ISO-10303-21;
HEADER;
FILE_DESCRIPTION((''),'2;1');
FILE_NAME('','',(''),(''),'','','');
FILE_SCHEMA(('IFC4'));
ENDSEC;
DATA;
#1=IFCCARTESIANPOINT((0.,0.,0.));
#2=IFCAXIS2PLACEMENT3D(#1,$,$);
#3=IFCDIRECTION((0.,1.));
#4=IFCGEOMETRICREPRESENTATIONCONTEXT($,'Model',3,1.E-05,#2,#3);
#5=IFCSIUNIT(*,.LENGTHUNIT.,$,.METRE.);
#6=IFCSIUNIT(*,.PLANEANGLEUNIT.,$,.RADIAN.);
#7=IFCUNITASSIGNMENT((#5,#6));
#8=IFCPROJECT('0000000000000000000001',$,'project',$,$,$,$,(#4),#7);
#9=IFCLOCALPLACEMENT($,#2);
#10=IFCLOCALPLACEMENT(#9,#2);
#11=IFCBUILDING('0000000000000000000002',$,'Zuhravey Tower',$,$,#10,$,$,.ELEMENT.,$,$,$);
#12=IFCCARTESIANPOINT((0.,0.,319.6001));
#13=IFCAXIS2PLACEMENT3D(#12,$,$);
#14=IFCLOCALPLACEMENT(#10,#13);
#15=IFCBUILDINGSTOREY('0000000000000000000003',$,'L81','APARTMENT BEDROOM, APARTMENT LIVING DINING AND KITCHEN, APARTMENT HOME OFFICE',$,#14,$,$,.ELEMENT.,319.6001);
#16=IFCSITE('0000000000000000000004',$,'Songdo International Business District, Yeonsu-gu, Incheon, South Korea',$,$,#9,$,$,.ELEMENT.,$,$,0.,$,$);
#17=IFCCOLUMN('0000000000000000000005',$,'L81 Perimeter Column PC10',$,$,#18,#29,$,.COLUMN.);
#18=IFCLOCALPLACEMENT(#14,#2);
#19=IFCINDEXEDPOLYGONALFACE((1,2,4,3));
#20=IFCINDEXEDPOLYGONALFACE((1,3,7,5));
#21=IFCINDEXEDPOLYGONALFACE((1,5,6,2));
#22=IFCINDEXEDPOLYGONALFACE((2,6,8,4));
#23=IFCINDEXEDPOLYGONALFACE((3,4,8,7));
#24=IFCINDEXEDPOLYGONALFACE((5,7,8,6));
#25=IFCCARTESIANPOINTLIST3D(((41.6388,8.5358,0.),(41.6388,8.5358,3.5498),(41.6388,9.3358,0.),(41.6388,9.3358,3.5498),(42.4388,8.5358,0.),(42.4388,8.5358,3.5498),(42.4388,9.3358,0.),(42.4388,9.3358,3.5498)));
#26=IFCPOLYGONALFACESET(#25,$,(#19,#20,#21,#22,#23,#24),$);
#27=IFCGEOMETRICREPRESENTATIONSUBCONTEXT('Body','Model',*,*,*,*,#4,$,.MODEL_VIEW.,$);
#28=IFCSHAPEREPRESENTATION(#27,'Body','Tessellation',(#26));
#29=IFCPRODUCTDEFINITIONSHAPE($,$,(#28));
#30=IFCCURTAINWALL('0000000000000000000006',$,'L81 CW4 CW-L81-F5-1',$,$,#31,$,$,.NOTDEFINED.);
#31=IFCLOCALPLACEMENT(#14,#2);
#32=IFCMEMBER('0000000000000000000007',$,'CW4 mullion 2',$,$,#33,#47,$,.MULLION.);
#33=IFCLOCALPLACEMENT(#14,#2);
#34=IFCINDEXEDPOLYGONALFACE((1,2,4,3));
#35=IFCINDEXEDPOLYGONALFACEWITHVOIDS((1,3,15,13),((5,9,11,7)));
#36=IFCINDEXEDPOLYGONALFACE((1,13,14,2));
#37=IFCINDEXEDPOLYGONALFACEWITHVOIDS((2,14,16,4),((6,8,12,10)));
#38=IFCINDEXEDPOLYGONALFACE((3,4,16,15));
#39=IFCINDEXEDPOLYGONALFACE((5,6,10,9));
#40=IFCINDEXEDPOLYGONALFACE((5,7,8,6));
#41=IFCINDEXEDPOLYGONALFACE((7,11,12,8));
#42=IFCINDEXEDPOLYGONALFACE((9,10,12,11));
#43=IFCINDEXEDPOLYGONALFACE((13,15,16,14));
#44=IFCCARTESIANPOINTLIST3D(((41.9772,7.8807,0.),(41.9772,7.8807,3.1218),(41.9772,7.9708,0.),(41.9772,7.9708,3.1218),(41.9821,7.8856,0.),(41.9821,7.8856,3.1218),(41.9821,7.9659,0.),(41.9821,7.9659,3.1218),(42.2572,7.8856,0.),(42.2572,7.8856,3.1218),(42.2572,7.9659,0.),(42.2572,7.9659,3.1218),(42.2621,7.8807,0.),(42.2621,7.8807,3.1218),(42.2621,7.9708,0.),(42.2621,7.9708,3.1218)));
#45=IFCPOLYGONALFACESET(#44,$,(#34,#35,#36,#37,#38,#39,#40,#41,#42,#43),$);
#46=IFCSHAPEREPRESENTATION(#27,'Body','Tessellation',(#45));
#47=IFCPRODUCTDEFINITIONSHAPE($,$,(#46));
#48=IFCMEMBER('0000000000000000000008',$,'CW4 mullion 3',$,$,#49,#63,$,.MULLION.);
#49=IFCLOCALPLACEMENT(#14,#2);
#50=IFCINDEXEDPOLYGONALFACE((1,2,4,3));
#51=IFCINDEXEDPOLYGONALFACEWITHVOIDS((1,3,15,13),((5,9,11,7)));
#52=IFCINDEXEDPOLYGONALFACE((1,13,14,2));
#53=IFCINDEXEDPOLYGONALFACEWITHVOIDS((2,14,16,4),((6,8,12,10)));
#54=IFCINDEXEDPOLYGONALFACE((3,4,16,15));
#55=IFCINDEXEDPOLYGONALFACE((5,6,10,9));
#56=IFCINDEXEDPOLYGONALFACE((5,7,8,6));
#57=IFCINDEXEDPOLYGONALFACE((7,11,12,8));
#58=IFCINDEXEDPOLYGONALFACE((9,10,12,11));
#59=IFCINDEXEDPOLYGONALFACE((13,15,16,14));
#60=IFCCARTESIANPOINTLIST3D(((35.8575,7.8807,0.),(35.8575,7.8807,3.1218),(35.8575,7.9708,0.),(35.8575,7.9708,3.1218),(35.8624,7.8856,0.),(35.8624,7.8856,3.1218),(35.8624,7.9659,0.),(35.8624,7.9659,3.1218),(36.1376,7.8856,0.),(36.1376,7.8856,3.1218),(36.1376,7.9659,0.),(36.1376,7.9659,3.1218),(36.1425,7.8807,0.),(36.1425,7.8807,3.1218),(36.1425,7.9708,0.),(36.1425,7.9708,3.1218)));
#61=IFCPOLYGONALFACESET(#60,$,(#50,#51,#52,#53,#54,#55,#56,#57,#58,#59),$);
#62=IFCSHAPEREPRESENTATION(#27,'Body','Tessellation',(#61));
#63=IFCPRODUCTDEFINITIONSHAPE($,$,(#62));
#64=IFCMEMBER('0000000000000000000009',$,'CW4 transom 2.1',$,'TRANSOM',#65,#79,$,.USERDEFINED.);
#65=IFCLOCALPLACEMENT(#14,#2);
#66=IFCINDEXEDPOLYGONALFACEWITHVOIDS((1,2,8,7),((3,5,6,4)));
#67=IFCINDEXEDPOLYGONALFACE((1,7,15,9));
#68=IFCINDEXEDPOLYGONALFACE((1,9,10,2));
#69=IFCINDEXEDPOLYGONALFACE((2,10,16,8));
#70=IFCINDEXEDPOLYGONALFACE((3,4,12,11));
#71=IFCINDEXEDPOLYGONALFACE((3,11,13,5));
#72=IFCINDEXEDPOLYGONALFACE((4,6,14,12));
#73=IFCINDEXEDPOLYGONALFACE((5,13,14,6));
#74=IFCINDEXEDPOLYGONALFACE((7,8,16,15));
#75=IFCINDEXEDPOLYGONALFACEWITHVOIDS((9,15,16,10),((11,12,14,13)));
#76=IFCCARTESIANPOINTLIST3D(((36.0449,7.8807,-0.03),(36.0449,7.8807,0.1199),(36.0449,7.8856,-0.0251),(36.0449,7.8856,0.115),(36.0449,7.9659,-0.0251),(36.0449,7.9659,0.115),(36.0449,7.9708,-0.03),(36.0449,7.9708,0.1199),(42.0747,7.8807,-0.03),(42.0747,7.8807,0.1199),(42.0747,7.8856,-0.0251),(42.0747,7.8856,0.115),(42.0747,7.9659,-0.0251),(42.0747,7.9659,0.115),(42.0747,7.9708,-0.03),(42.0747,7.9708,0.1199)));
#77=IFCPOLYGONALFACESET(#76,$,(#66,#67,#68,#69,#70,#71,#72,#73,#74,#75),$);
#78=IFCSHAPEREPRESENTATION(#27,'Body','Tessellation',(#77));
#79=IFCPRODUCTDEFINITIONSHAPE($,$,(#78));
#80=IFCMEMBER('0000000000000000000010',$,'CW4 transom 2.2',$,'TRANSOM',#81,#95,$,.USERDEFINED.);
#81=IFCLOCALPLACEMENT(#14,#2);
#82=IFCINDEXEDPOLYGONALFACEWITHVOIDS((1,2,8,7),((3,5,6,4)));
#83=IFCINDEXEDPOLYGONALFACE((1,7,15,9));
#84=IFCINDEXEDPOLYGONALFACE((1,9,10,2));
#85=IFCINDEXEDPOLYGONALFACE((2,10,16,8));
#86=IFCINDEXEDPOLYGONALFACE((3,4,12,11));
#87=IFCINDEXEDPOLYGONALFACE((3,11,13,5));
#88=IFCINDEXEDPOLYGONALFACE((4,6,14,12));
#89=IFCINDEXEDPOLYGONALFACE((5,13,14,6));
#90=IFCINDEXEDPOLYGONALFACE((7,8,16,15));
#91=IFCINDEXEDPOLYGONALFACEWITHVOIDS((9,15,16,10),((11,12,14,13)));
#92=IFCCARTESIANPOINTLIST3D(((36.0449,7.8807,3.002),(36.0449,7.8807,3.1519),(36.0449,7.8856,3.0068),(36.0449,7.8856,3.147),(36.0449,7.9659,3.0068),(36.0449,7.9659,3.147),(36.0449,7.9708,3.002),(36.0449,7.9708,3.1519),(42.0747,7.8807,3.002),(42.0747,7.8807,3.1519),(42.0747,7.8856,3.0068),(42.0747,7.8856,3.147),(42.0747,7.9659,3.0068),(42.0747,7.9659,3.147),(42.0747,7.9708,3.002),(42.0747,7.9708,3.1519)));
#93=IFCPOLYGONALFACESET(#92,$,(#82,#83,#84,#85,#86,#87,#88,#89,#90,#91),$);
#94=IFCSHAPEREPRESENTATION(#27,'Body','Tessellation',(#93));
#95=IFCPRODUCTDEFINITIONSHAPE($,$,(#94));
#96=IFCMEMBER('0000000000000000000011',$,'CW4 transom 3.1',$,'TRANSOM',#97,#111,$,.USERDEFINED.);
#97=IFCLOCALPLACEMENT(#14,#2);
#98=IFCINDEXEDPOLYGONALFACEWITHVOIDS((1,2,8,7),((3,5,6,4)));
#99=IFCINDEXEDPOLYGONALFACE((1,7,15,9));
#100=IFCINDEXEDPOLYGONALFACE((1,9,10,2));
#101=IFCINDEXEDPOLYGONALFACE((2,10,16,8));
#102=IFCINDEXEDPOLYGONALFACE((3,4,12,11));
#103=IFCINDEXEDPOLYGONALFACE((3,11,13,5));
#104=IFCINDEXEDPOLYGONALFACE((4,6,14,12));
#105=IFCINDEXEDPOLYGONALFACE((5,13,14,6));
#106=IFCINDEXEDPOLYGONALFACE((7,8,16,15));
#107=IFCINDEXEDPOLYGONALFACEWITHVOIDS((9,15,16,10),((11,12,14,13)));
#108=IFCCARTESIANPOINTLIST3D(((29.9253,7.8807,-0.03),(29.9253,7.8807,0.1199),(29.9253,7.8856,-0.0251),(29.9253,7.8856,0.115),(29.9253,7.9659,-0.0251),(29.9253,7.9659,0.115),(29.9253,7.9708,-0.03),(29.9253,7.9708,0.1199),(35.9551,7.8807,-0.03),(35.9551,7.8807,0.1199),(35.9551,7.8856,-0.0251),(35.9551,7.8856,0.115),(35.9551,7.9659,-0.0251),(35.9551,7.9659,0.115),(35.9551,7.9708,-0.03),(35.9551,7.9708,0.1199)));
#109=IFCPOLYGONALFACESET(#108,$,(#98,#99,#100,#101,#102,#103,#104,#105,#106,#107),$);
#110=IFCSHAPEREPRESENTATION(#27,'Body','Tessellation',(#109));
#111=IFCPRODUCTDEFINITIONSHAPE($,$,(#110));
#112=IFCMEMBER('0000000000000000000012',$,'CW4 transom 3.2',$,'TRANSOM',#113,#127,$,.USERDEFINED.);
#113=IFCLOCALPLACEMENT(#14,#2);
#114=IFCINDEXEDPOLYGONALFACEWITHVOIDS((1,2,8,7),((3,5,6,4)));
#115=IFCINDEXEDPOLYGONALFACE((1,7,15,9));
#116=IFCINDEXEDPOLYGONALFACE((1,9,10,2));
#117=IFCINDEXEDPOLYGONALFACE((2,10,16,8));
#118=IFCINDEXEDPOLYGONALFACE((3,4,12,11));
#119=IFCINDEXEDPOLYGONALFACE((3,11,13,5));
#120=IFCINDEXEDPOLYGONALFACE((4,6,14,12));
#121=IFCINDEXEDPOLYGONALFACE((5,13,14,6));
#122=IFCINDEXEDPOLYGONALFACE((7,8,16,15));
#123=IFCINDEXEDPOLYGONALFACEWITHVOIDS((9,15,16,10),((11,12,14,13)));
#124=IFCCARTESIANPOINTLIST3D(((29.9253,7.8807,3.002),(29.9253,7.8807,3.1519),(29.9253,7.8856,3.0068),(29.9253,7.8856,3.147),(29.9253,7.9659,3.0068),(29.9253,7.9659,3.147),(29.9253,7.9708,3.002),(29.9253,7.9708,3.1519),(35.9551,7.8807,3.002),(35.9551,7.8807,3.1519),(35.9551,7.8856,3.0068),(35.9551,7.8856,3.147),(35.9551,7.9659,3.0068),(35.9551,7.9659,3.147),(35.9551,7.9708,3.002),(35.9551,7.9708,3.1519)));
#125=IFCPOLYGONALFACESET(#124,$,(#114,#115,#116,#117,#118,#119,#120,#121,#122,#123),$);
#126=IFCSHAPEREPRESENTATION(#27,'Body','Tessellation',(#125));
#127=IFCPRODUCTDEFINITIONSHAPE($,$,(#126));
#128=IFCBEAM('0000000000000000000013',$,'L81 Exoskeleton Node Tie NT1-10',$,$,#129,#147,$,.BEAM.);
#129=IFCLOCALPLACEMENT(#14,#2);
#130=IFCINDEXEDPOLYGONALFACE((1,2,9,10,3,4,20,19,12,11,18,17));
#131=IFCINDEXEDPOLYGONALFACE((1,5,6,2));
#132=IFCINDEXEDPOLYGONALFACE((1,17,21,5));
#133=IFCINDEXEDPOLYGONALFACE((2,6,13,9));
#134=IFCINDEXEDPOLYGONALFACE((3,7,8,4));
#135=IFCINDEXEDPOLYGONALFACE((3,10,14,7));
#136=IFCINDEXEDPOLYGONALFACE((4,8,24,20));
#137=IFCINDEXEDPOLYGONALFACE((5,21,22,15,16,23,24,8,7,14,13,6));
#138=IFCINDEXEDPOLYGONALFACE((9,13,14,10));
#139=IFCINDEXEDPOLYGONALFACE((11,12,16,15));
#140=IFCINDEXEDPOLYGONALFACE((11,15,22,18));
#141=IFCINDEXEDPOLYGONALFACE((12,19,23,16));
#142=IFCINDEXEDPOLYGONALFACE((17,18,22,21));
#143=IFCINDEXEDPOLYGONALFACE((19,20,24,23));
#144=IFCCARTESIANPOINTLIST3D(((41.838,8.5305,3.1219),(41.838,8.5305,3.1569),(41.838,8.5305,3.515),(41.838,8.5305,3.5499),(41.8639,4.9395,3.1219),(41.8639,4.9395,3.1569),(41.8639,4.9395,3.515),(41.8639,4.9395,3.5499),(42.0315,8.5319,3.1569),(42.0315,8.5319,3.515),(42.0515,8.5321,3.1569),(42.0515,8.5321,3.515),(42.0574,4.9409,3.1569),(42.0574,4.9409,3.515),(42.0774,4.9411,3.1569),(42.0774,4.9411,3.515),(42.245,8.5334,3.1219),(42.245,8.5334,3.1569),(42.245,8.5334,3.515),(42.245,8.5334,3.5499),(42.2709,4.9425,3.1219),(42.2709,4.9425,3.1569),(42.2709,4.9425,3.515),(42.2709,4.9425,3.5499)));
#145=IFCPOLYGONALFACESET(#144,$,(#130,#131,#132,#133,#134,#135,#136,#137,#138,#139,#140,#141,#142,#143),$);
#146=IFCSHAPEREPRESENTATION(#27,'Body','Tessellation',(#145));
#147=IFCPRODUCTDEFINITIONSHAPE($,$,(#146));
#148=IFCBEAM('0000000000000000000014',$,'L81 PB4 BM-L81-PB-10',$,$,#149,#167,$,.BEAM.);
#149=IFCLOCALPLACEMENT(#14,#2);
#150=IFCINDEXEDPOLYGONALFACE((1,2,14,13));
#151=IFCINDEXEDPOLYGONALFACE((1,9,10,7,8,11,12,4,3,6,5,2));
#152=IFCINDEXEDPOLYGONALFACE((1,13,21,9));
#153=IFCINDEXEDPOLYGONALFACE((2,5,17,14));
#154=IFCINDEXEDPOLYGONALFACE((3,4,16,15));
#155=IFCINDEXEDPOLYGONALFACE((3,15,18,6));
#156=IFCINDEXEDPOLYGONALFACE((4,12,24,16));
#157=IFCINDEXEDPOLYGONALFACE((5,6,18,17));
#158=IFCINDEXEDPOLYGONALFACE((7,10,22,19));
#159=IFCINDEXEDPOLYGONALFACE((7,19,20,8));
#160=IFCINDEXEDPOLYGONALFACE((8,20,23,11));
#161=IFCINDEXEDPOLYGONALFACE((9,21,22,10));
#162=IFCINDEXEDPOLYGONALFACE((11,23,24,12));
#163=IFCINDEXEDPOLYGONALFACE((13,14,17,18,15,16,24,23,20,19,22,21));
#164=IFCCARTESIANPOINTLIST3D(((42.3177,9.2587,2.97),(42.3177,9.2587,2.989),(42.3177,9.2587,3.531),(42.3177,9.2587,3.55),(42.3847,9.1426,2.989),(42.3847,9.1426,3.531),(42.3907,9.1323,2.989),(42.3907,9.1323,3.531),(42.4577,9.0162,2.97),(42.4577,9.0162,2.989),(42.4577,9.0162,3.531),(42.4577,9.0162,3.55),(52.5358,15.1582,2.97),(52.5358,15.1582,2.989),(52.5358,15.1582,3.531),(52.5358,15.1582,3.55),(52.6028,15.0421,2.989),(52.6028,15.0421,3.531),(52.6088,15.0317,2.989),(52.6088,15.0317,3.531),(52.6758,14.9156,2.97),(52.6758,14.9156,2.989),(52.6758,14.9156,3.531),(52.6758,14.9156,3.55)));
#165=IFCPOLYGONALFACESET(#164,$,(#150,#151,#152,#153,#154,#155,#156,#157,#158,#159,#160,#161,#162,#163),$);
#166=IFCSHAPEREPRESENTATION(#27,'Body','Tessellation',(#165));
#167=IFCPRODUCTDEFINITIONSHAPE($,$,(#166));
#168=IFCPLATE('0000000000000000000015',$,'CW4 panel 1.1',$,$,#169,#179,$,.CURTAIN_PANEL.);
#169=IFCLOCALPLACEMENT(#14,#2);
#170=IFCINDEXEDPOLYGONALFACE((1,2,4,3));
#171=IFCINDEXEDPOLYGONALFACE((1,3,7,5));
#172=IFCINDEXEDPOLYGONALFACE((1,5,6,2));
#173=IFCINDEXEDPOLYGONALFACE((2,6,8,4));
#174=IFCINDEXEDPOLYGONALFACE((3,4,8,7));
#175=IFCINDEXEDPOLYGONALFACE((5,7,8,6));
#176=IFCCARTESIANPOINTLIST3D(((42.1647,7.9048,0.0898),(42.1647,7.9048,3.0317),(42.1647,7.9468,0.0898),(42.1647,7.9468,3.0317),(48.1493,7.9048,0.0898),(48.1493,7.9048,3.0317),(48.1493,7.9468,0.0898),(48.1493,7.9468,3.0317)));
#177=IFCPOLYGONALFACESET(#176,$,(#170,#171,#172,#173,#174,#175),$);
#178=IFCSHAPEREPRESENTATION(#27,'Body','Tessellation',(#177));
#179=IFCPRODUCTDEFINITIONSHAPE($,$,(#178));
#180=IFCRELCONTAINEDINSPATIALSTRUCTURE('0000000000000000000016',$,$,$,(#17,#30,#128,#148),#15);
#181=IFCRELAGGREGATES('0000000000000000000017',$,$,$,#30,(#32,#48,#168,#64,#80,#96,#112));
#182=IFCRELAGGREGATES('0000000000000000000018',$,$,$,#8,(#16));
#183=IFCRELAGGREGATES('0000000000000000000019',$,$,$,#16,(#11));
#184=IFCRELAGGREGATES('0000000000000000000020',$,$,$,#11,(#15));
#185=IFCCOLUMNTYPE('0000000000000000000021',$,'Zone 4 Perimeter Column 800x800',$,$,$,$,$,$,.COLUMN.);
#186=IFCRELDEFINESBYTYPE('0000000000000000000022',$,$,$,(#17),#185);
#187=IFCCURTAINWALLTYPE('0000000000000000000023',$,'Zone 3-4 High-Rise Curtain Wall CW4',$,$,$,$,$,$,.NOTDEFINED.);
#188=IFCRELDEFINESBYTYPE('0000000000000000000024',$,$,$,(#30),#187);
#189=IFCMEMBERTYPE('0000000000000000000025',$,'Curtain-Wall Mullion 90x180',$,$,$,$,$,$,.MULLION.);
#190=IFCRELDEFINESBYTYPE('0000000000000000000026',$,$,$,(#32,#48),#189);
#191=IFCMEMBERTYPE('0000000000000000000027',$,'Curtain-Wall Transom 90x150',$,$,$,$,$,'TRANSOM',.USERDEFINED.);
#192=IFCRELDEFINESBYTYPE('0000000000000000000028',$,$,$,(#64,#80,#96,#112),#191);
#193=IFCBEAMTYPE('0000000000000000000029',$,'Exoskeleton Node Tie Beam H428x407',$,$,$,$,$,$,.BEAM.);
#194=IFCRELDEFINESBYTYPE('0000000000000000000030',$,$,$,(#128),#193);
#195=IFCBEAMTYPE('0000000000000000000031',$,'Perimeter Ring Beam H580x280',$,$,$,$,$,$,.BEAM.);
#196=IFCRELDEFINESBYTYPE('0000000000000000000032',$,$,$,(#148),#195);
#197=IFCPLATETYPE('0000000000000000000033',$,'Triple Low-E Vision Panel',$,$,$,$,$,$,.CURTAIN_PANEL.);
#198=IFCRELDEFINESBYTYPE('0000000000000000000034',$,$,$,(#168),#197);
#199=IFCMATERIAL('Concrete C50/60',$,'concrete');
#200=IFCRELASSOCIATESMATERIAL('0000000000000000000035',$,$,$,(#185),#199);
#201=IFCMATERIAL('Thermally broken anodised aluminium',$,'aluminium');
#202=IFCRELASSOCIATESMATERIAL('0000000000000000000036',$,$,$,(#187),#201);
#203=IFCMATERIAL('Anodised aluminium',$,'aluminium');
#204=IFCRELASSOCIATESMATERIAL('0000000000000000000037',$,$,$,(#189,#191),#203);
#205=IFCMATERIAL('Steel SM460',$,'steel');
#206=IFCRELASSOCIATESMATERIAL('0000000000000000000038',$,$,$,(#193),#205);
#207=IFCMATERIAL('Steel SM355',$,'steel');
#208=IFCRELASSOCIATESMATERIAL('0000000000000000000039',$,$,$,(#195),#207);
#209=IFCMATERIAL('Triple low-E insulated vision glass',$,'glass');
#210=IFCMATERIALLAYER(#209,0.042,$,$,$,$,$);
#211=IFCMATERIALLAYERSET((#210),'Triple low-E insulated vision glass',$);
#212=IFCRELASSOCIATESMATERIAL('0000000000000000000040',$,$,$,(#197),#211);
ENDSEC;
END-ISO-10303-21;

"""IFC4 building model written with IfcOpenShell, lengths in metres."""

from ifc_helpers import new_model, si_unit, direction, frame, origin, origin_2d, place, context, subcontext, project, spatial, rectangle, hollow_rectangle, i_section, extrude, material, layer, layer_set, material_profile, profile_set, type_object, element, aggregate, save


model = new_model("IFC4")

# Units and contexts
model_context = context("Model", 3, precision=1e-05, world=origin(), true_north=direction((0.0, 1.0)))
body_context = subcontext(model_context, "Body", "Model", "MODEL_VIEW")
ifc_project = project(units=[si_unit("LENGTHUNIT", "METRE"), si_unit("PLANEANGLEUNIT", "RADIAN")], contexts=[model_context])

# Site, building, storey
site_placement = place(None, origin())
site = spatial("IfcSite", under=ifc_project, at=site_placement, Name="Songdo International Business District, Yeonsu-gu, Incheon, South Korea", CompositionType="ELEMENT", RefElevation=0.0)
building_placement = place(site_placement, origin())
building = spatial("IfcBuilding", under=site, at=building_placement, Name="Zuhravey Tower", CompositionType="ELEMENT")
storey_placement = place(building_placement, frame((0.0, 0.0, 319.6001)))
storey = spatial("IfcBuildingStorey", under=building, at=storey_placement, Name="L81", Description="APARTMENT BEDROOM, APARTMENT LIVING DINING AND KITCHEN, APARTMENT HOME OFFICE", CompositionType="ELEMENT", Elevation=319.6001)

# Column
ifc_material_1 = material(Name="Concrete C50/60", Category="concrete")
ifc_material_profile_1 = material_profile(ifc_material_1, rectangle(XDim=0.8, YDim=0.8, at=origin_2d()), Name="RC-800x800")
ifc_profile_set_1 = profile_set([ifc_material_profile_1], Name="Concrete C50/60")
column_type = type_object("IfcColumnType", Name="Zone 4 Perimeter Column 800x800", PredefinedType="COLUMN", material=ifc_profile_set_1)
column_placement = place(storey_placement, frame((42.0388, 8.9358, 0.0), z_axis=(0.0, 0.0, 1.0), x_axis=(1.0, 0.0, 0.0)))
element("IfcColumn", 1, at=column_placement, inside=storey, type_object=column_type, Name="L81 Perimeter Column PC10", PredefinedType="COLUMN", context=body_context, shape_type="SweptSolid", body=[
    extrude(rectangle(XDim=0.8, YDim=0.8, at=origin_2d()), origin(), (0.0, 0.0, 1.0), 3.5498),
])

# Curtain wall, members
ifc_material_2 = material(Name="Thermally broken anodised aluminium", Category="aluminium")
curtain_wall_type = type_object("IfcCurtainWallType", Name="Zone 3-4 High-Rise Curtain Wall CW4", PredefinedType="NOTDEFINED", material=ifc_material_2)
curtain_wall_placement = place(storey_placement, origin())
curtain_wall = element("IfcCurtainWall", 2, at=curtain_wall_placement, inside=storey, type_object=curtain_wall_type, Name="L81 CW4 CW-L81-F5-1", PredefinedType="NOTDEFINED")
ifc_material_3 = material(Name="Anodised aluminium", Category="aluminium")
ifc_material_profile_2 = material_profile(ifc_material_3, hollow_rectangle(XDim=0.0901, YDim=0.2849, WallThickness=0.0049, at=origin_2d()), Name="ALU-RHS-90x285x5")
ifc_profile_set_2 = profile_set([ifc_material_profile_2], Name="Anodised aluminium")
member_type_1 = type_object("IfcMemberType", Name="Curtain-Wall Mullion 90x180", PredefinedType="MULLION", material=ifc_profile_set_2)
member_1_placement = place(storey_placement, frame((42.1196, 7.9258, 0.0), z_axis=(0.0, 0.0, 1.0), x_axis=(0.0, -1.0, 0.0)))
member_1 = element("IfcMember", 3, at=member_1_placement, type_object=member_type_1, Name="CW4 mullion 2", PredefinedType="MULLION", context=body_context, shape_type="SweptSolid", body=[
    extrude(hollow_rectangle(XDim=0.0901, YDim=0.2849, WallThickness=0.0049, at=origin_2d()), origin(), (0.0, 0.0, 1.0), 3.1218),
])
member_2_placement = place(storey_placement, frame((36.0, 7.9258, 0.0), z_axis=(0.0, 0.0, 1.0), x_axis=(0.0, -1.0, 0.0)))
member_2 = element("IfcMember", 4, at=member_2_placement, type_object=member_type_1, Name="CW4 mullion 3", PredefinedType="MULLION", context=body_context, shape_type="SweptSolid", body=[
    extrude(hollow_rectangle(XDim=0.0901, YDim=0.2849, WallThickness=0.0049, at=origin_2d()), origin(), (0.0, 0.0, 1.0), 3.1218),
])
ifc_material_profile_3 = material_profile(ifc_material_3, hollow_rectangle(XDim=0.0901, YDim=0.1499, WallThickness=0.0049, at=origin_2d()), Name="ALU-RHS-90x150x5")
ifc_profile_set_3 = profile_set([ifc_material_profile_3], Name="Anodised aluminium")
member_type_2 = type_object("IfcMemberType", Name="Curtain-Wall Transom 90x150", ElementType="TRANSOM", PredefinedType="USERDEFINED", material=ifc_profile_set_3)
member_3_placement = place(storey_placement, frame((42.0747, 7.9258, 0.0449), z_axis=(-1.0, 0.0, 0.0), x_axis=(0.0, -1.0, 0.0)))
member_3 = element("IfcMember", 5, at=member_3_placement, type_object=member_type_2, Name="CW4 transom 2.1", ObjectType="TRANSOM", PredefinedType="USERDEFINED", context=body_context, shape_type="SweptSolid", body=[
    extrude(hollow_rectangle(XDim=0.0901, YDim=0.1499, WallThickness=0.0049, at=origin_2d()), origin(), (0.0, 0.0, 1.0), 6.0298),
])
member_4_placement = place(storey_placement, frame((42.0747, 7.9258, 3.0769), z_axis=(-1.0, 0.0, 0.0), x_axis=(0.0, -1.0, 0.0)))
member_4 = element("IfcMember", 6, at=member_4_placement, type_object=member_type_2, Name="CW4 transom 2.2", ObjectType="TRANSOM", PredefinedType="USERDEFINED", context=body_context, shape_type="SweptSolid", body=[
    extrude(hollow_rectangle(XDim=0.0901, YDim=0.1499, WallThickness=0.0049, at=origin_2d()), origin(), (0.0, 0.0, 1.0), 6.0298),
])
member_5_placement = place(storey_placement, frame((35.9551, 7.9258, 0.0449), z_axis=(-1.0, 0.0, 0.0), x_axis=(0.0, -1.0, 0.0)))
member_5 = element("IfcMember", 7, at=member_5_placement, type_object=member_type_2, Name="CW4 transom 3.1", ObjectType="TRANSOM", PredefinedType="USERDEFINED", context=body_context, shape_type="SweptSolid", body=[
    extrude(hollow_rectangle(XDim=0.0901, YDim=0.1499, WallThickness=0.0049, at=origin_2d()), origin(), (0.0, 0.0, 1.0), 6.0298),
])
member_6_placement = place(storey_placement, frame((35.9551, 7.9258, 3.0769), z_axis=(-1.0, 0.0, 0.0), x_axis=(0.0, -1.0, 0.0)))
member_6 = element("IfcMember", 8, at=member_6_placement, type_object=member_type_2, Name="CW4 transom 3.2", ObjectType="TRANSOM", PredefinedType="USERDEFINED", context=body_context, shape_type="SweptSolid", body=[
    extrude(hollow_rectangle(XDim=0.0901, YDim=0.1499, WallThickness=0.0049, at=origin_2d()), origin(), (0.0, 0.0, 1.0), 6.0298),
])

# Beams
ifc_material_4 = material(Name="Steel SM460", Category="steel")
ifc_material_profile_4 = material_profile(ifc_material_4, i_section(OverallWidth=0.407, OverallDepth=0.428, WebThickness=0.02, FlangeThickness=0.0349, at=origin_2d()), Name="H-428x407x20x35")
ifc_profile_set_4 = profile_set([ifc_material_profile_4], Name="Steel SM460")
beam_type_1 = type_object("IfcBeamType", Name="Exoskeleton Node Tie Beam H428x407", PredefinedType="BEAM", material=ifc_profile_set_4)
beam_1_placement = place(storey_placement, frame((42.0415, 8.532, 3.3359), z_axis=(0.007206, -0.999974, 0.0), x_axis=(0.999974, 0.007206, 0.0)))
element("IfcBeam", 9, at=beam_1_placement, inside=storey, type_object=beam_type_1, Name="L81 Exoskeleton Node Tie NT1-10", PredefinedType="BEAM", context=body_context, shape_type="SweptSolid", body=[
    extrude(i_section(OverallWidth=0.407, OverallDepth=0.428, WebThickness=0.02, FlangeThickness=0.0349, at=origin_2d()), origin(), (0.0, 0.0, 1.0), 3.5911),
])
ifc_material_5 = material(Name="Steel SM355", Category="steel")
ifc_material_profile_5 = material_profile(ifc_material_5, i_section(OverallWidth=0.28, OverallDepth=0.5801, WebThickness=0.012, FlangeThickness=0.019, at=origin_2d()), Name="H-580x280x12x19")
ifc_profile_set_5 = profile_set([ifc_material_profile_5], Name="Steel SM355")
beam_type_2 = type_object("IfcBeamType", Name="Perimeter Ring Beam H580x280", PredefinedType="BEAM", material=ifc_profile_set_5)
beam_2_placement = place(storey_placement, frame((42.3877, 9.1375, 3.26), z_axis=(0.866024, 0.500002, 0.0), x_axis=(-0.500002, 0.866024, 0.0)))
element("IfcBeam", 10, at=beam_2_placement, inside=storey, type_object=beam_type_2, Name="L81 PB4 BM-L81-PB-10", PredefinedType="BEAM", context=body_context, shape_type="SweptSolid", body=[
    extrude(i_section(OverallWidth=0.28, OverallDepth=0.5801, WebThickness=0.012, FlangeThickness=0.019, at=origin_2d()), origin(), (0.0, 0.0, 1.0), 11.7988),
])

# Plate
ifc_material_6 = material(Name="Triple low-E insulated vision glass", Category="glass")
ifc_layer_1 = layer(ifc_material_6, 0.042)
ifc_layer_set_1 = layer_set([ifc_layer_1], Name="Triple low-E insulated vision glass")
plate_type = type_object("IfcPlateType", Name="Triple Low-E Vision Panel", PredefinedType="CURTAIN_PANEL", material=ifc_layer_set_1)
plate_1_placement = place(storey_placement, frame((45.157, 7.9258, 0.0898), z_axis=(0.0, 0.0, 1.0), x_axis=(-1.0, 0.0, 0.0)))
plate_1 = element("IfcPlate", 11, at=plate_1_placement, type_object=plate_type, Name="CW4 panel 1.1", PredefinedType="CURTAIN_PANEL", context=body_context, shape_type="SweptSolid", body=[
    extrude(rectangle(XDim=5.9846, YDim=0.042, at=origin_2d()), origin(), (0.0, 0.0, 1.0), 2.9419),
])
aggregate(curtain_wall, [member_1, member_2, plate_1, member_3, member_4, member_5, member_6])

save(model, "model.ifc")
